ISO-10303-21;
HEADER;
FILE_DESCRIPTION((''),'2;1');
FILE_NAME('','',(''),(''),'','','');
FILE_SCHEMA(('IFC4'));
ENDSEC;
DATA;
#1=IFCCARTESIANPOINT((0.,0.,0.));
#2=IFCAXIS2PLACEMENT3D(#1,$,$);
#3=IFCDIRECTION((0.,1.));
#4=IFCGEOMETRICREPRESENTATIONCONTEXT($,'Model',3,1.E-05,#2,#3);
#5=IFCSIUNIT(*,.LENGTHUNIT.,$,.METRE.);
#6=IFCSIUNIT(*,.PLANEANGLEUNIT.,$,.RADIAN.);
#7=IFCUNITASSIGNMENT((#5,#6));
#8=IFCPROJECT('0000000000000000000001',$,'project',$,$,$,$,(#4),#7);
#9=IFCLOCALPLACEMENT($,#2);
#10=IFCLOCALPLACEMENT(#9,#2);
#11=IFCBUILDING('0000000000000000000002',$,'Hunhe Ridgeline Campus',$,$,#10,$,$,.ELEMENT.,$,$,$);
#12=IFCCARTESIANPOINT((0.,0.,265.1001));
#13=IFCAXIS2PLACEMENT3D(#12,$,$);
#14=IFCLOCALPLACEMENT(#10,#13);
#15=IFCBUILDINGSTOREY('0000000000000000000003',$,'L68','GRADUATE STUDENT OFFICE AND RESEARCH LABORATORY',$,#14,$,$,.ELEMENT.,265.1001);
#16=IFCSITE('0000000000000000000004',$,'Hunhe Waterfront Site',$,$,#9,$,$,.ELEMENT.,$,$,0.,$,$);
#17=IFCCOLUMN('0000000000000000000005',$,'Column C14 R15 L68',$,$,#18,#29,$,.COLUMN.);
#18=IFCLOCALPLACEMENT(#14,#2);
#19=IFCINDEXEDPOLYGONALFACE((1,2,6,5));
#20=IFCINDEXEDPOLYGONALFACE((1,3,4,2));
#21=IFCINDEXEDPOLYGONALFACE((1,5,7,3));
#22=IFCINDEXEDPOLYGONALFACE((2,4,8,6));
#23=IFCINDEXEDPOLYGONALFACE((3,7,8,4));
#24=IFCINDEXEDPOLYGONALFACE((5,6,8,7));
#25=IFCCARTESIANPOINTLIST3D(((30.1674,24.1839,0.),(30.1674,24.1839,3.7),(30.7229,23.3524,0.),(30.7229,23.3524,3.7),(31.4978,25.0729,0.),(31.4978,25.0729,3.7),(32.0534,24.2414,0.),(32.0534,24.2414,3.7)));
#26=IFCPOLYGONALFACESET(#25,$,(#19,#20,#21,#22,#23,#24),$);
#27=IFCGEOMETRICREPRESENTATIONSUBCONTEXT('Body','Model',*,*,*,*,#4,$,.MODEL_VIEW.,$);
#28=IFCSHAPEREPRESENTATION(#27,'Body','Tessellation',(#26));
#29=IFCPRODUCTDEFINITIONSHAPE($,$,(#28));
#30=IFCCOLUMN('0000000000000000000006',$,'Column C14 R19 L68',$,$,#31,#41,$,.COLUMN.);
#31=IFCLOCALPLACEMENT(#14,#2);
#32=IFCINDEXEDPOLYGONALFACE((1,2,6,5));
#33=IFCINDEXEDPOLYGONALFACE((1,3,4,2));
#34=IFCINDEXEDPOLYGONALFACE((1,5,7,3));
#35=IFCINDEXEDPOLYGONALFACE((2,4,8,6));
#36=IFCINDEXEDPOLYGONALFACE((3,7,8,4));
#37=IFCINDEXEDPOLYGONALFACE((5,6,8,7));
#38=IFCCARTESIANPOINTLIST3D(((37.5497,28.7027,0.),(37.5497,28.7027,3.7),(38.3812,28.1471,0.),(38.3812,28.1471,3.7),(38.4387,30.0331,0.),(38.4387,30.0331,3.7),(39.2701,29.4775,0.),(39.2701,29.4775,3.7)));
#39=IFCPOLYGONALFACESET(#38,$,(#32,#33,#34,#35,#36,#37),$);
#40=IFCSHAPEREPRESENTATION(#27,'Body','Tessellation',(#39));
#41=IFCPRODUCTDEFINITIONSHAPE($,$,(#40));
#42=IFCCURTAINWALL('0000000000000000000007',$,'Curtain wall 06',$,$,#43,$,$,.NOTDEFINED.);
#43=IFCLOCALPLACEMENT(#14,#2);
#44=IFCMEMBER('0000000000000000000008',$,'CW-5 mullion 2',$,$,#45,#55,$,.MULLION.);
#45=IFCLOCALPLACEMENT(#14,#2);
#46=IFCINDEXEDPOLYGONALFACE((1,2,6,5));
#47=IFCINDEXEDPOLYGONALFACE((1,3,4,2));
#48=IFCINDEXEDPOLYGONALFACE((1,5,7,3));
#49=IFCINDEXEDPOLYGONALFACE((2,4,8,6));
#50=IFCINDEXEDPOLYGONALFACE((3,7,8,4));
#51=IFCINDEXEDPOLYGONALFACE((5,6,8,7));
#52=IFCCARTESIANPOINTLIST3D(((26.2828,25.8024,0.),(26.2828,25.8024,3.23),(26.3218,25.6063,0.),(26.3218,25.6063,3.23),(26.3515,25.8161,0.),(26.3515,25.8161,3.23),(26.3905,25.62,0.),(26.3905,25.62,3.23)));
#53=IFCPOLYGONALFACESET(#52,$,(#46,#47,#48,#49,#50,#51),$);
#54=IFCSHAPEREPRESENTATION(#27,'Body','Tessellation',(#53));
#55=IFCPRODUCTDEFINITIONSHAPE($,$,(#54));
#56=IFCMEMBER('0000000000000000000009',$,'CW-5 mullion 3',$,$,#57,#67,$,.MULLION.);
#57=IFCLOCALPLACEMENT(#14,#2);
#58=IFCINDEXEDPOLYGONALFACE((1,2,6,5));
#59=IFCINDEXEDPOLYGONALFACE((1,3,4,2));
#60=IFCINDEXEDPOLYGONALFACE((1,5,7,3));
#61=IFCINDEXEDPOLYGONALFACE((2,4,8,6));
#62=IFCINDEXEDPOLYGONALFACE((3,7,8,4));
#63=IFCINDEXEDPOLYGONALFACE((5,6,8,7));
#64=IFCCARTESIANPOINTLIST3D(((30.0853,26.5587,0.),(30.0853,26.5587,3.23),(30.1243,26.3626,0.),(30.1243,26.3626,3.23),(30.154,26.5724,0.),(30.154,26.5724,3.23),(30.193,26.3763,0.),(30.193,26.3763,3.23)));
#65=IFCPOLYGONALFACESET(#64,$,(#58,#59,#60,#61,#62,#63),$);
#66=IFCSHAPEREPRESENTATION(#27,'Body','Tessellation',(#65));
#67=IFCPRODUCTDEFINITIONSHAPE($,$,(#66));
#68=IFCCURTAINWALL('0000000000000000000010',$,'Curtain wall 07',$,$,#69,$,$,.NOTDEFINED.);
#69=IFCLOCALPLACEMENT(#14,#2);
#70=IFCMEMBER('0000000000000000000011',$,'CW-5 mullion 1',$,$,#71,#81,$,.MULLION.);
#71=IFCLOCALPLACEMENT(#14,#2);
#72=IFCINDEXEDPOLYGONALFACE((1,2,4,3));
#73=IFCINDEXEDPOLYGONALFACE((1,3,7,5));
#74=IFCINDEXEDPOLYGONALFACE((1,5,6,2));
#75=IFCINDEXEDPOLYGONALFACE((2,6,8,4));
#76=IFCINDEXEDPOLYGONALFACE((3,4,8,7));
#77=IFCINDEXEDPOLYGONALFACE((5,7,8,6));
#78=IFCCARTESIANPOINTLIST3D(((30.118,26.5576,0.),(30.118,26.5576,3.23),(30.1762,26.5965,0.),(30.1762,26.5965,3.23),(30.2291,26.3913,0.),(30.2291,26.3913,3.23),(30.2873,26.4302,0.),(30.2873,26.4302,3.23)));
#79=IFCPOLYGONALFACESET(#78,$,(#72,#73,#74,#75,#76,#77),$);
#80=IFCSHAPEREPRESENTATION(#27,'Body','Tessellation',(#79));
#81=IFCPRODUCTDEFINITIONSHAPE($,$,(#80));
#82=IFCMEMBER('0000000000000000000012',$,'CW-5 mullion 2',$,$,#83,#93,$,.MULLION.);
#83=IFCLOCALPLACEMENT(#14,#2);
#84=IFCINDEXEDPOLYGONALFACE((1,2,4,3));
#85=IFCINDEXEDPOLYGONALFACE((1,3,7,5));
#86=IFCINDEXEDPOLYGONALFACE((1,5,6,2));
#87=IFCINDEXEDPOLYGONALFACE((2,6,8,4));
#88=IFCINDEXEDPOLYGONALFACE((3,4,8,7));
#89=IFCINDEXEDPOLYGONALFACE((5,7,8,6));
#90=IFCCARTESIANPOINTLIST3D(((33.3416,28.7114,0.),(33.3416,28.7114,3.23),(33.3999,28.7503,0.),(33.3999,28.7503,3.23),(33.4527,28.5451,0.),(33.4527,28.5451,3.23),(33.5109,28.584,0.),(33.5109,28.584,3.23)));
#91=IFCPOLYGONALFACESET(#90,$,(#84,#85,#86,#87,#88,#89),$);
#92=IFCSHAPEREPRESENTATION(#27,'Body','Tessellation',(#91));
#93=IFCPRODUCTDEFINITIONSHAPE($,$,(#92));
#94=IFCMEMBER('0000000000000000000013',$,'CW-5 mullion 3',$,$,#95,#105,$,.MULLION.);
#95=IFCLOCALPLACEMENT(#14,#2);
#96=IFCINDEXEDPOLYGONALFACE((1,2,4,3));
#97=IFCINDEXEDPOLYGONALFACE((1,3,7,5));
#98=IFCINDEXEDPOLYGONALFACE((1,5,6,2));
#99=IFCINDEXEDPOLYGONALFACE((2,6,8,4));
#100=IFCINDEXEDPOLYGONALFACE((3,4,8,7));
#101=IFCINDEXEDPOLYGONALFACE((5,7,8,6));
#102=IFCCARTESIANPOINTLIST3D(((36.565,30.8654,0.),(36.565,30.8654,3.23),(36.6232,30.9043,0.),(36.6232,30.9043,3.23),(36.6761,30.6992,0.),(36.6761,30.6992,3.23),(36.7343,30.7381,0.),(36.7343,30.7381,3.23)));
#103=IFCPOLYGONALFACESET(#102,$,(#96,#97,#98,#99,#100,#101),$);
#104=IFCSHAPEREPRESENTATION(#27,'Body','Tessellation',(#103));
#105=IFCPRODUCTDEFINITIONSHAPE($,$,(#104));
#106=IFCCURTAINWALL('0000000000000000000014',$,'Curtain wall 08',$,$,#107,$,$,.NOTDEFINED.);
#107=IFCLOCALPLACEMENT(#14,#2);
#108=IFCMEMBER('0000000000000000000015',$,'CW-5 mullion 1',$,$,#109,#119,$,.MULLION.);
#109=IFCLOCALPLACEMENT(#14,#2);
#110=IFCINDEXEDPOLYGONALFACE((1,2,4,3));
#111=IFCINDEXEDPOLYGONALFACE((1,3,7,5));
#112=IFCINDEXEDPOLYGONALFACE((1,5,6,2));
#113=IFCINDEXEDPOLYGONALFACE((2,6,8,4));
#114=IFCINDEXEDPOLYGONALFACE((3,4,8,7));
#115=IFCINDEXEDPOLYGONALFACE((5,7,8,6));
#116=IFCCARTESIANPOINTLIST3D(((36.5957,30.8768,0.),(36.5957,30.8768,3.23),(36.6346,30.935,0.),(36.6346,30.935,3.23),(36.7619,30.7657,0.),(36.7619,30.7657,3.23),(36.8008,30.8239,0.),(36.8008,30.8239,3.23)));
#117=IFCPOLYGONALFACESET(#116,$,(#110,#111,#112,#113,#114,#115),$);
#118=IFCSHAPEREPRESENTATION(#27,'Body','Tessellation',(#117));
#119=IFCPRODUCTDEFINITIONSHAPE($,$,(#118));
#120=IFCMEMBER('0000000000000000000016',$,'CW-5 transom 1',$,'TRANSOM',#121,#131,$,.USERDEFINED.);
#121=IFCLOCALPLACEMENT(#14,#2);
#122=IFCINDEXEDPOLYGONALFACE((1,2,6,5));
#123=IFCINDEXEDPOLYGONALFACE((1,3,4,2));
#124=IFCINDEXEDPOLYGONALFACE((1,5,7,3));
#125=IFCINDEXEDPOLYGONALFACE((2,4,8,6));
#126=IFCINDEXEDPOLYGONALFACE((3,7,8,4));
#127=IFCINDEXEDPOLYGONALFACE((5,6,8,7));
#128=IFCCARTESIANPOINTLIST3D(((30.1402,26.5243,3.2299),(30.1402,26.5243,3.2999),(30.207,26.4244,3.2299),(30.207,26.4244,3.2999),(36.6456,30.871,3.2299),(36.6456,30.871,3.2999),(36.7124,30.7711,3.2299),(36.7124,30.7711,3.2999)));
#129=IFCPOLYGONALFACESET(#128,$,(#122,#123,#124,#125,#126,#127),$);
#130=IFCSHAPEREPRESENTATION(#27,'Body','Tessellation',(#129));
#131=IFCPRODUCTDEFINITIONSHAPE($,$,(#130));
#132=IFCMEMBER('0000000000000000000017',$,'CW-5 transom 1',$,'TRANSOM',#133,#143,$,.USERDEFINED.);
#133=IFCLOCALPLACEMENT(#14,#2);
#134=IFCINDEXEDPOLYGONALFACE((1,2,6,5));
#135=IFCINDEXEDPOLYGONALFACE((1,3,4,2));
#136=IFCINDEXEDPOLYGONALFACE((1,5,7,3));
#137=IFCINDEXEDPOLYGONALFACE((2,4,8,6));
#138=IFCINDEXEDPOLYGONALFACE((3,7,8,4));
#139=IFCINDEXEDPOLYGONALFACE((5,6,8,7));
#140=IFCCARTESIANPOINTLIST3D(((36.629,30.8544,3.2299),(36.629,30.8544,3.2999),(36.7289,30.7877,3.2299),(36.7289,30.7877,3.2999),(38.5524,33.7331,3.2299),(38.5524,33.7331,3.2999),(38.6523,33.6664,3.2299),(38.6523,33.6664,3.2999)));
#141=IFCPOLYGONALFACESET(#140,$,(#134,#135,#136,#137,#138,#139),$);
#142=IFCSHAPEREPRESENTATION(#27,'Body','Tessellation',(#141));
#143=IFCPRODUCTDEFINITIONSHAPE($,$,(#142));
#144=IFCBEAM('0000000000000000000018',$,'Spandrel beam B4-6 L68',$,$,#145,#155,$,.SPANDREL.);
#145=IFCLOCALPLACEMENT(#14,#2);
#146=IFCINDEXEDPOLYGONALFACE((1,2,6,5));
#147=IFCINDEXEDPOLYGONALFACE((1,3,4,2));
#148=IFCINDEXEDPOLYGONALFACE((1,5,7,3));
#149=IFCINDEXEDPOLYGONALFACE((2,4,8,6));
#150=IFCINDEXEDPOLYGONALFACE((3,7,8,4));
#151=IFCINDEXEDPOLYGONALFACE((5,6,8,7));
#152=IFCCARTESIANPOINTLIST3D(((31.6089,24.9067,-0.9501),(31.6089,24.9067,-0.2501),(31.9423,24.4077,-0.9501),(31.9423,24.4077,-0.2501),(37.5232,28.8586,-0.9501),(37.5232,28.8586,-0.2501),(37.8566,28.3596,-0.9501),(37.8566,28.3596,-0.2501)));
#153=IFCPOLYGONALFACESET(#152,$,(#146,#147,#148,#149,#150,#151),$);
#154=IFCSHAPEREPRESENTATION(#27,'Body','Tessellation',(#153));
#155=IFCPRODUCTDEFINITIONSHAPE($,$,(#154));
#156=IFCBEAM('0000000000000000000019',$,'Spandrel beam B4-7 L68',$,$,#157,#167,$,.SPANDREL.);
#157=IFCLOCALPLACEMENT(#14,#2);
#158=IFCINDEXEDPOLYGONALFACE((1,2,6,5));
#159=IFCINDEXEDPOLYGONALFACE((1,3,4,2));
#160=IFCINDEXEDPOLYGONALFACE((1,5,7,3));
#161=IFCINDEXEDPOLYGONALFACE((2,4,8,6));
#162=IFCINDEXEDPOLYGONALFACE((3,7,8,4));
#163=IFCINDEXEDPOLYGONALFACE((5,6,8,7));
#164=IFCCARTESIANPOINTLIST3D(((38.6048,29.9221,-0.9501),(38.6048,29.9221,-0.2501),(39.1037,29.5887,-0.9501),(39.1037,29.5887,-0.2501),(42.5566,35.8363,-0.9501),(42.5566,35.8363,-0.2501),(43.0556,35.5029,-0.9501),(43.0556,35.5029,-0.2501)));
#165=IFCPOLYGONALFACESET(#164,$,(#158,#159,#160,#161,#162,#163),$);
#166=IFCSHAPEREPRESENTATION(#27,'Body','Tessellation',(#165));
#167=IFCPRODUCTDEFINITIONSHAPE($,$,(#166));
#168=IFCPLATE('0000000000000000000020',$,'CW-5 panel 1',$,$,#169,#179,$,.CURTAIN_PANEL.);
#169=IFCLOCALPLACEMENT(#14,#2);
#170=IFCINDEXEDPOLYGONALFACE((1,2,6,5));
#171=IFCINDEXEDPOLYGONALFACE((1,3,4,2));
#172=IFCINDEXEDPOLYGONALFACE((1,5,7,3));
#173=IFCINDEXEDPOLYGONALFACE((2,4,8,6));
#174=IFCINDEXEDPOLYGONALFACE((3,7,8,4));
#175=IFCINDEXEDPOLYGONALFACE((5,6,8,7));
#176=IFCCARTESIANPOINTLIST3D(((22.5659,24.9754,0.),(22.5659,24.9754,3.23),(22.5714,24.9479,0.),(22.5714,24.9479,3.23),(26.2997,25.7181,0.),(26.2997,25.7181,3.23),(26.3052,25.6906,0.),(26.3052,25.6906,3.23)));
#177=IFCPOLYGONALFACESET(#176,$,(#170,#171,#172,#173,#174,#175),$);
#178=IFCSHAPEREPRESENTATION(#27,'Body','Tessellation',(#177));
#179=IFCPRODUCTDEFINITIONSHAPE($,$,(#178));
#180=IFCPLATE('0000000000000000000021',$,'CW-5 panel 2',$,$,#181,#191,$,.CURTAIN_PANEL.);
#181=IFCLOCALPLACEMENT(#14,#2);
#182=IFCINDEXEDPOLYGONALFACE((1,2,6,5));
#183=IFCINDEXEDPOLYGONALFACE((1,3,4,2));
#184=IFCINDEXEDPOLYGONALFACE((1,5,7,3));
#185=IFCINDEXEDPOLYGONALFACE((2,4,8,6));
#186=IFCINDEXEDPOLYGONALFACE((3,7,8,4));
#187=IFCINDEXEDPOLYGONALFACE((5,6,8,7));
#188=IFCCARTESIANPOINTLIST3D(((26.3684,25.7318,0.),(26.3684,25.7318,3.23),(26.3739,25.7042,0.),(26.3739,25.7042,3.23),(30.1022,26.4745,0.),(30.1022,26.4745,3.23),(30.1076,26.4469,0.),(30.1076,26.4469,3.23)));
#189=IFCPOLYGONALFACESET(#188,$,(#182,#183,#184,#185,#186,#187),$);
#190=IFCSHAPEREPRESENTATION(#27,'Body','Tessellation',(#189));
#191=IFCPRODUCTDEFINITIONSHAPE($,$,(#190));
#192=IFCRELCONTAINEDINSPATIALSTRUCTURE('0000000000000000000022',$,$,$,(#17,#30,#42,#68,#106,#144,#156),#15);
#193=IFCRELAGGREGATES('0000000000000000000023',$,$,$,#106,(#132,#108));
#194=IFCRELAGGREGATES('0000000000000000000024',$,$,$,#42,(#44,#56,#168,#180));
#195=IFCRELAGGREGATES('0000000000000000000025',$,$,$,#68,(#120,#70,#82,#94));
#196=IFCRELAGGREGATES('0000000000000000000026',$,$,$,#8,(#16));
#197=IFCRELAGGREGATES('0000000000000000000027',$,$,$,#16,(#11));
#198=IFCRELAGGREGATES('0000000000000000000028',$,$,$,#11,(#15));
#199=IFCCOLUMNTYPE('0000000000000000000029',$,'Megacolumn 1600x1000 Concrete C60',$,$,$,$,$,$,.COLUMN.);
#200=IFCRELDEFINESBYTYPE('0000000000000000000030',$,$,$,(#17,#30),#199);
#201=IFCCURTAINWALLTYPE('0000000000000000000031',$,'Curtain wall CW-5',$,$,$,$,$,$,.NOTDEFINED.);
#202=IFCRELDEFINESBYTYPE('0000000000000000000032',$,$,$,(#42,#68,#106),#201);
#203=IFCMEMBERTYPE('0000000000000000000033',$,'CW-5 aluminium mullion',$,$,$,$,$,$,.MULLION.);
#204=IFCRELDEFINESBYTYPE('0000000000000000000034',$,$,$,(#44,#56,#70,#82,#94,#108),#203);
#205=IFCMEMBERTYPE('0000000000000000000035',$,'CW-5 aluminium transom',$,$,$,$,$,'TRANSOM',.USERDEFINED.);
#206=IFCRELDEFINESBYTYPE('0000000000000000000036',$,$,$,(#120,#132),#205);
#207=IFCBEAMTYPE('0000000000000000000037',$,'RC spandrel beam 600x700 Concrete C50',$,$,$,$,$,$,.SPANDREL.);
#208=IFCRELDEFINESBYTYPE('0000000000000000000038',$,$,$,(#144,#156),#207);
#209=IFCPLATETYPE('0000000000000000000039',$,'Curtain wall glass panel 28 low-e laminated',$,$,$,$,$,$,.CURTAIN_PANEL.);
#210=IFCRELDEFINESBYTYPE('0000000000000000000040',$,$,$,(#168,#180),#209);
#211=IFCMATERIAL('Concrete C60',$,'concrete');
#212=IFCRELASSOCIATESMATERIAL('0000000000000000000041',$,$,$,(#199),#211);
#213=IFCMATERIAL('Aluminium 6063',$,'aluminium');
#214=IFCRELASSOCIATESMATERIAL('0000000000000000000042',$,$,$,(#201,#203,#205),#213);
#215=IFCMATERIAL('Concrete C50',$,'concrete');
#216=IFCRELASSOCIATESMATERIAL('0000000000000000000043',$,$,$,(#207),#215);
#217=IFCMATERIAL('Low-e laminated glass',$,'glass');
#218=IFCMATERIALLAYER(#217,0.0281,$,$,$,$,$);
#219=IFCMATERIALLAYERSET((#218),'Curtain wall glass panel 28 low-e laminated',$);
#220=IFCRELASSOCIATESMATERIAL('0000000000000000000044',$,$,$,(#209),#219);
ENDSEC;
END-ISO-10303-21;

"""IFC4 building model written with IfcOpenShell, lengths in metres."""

from ifc_helpers import new_model, si_unit, direction, frame, origin, origin_2d, place, context, subcontext, project, spatial, rectangle, extrude, material, layer, layer_set, material_profile, profile_set, type_object, element, aggregate, save


model = new_model("IFC4")

# Units and contexts
model_context = context("Model", 3, precision=1e-05, world=origin(), true_north=direction((0.0, 1.0)))
body_context = subcontext(model_context, "Body", "Model", "MODEL_VIEW")
ifc_project = project(units=[si_unit("LENGTHUNIT", "METRE"), si_unit("PLANEANGLEUNIT", "RADIAN")], contexts=[model_context])

# Site, building, storey
site_placement = place(None, origin())
site = spatial("IfcSite", under=ifc_project, at=site_placement, Name="Hunhe Waterfront Site", CompositionType="ELEMENT", RefElevation=0.0)
building_placement = place(site_placement, origin())
building = spatial("IfcBuilding", under=site, at=building_placement, Name="Hunhe Ridgeline Campus", CompositionType="ELEMENT")
storey_placement = place(building_placement, frame((0.0, 0.0, 265.1001)))
storey = spatial("IfcBuildingStorey", under=building, at=storey_placement, Name="L68", Description="GRADUATE STUDENT OFFICE AND RESEARCH LABORATORY", CompositionType="ELEMENT", Elevation=265.1001)

# Columns
ifc_material_1 = material(Name="Concrete C60", Category="concrete")
ifc_material_profile_1 = material_profile(ifc_material_1, rectangle(XDim=1.6001, YDim=1.0, at=origin_2d()))
ifc_profile_set_1 = profile_set([ifc_material_profile_1], Name="Concrete C60")
column_type = type_object("IfcColumnType", Name="Megacolumn 1600x1000 Concrete C60", PredefinedType="COLUMN", material=ifc_profile_set_1)
for number, where, z_axis, x_axis, name in (
    (1, (31.1104, 24.2126, 0.0), (0.0, 0.0, 1.0), (0.83147, 0.55557, 0.0), "Column C14 R15 L68"),
    (2, (38.4099, 29.0901, 0.0), (0.0, 0.0, 1.0), (0.55557, 0.83147, 0.0), "Column C14 R19 L68"),
):
    element("IfcColumn", number, at=place(storey_placement, frame(where, z_axis=z_axis, x_axis=x_axis)), inside=storey, type_object=column_type, Name=name, PredefinedType="COLUMN", context=body_context, shape_type="SweptSolid", body=[
        extrude(rectangle(XDim=1.6001, YDim=1.0, at=origin_2d()), origin(), (0.0, 0.0, 1.0), 3.7),
    ])

# Curtain walls, members
ifc_material_2 = material(Name="Aluminium 6063", Category="aluminium")
curtain_wall_type = type_object("IfcCurtainWallType", Name="Curtain wall CW-5", PredefinedType="NOTDEFINED", material=ifc_material_2)
curtain_wall_1_placement = place(storey_placement, origin())
curtain_wall_1 = element("IfcCurtainWall", 3, at=curtain_wall_1_placement, inside=storey, type_object=curtain_wall_type, Name="Curtain wall 06", PredefinedType="NOTDEFINED")
ifc_material_profile_2 = material_profile(ifc_material_2, rectangle(XDim=0.2, YDim=0.0701, at=origin_2d()))
ifc_profile_set_2 = profile_set([ifc_material_profile_2], Name="Aluminium 6063")
member_type_1 = type_object("IfcMemberType", Name="CW-5 aluminium mullion", PredefinedType="MULLION", material=ifc_profile_set_2)
member_1_placement = place(storey_placement, frame((26.3367, 25.7112, 0.0), z_axis=(0.0, 0.0, 1.0), x_axis=(-0.19509, 0.980785, 0.0)))
member_1 = element("IfcMember", 4, at=member_1_placement, type_object=member_type_1, Name="CW-5 mullion 2", PredefinedType="MULLION", context=body_context, shape_type="SweptSolid", body=[
    extrude(rectangle(XDim=0.2, YDim=0.0701, at=origin_2d()), origin(), (0.0, 0.0, 1.0), 3.23),
])
member_2_placement = place(storey_placement, frame((30.1392, 26.4675, 0.0), z_axis=(0.0, 0.0, 1.0), x_axis=(-0.19509, 0.980785, 0.0)))
member_2 = element("IfcMember", 5, at=member_2_placement, type_object=member_type_1, Name="CW-5 mullion 3", PredefinedType="MULLION", context=body_context, shape_type="SweptSolid", body=[
    extrude(rectangle(XDim=0.2, YDim=0.0701, at=origin_2d()), origin(), (0.0, 0.0, 1.0), 3.23),
])
curtain_wall_2_placement = place(storey_placement, origin())
curtain_wall_2 = element("IfcCurtainWall", 6, at=curtain_wall_2_placement, inside=storey, type_object=curtain_wall_type, Name="Curtain wall 07", PredefinedType="NOTDEFINED")
member_3_placement = place(storey_placement, frame((30.2026, 26.4939, 0.0), z_axis=(0.0, 0.0, 1.0), x_axis=(-0.55557, 0.83147, 0.0)))
member_3 = element("IfcMember", 7, at=member_3_placement, type_object=member_type_1, Name="CW-5 mullion 1", PredefinedType="MULLION", context=body_context, shape_type="SweptSolid", body=[
    extrude(rectangle(XDim=0.2, YDim=0.0701, at=origin_2d()), origin(), (0.0, 0.0, 1.0), 3.23),
])
member_4_placement = place(storey_placement, frame((33.4263, 28.6477, 0.0), z_axis=(0.0, 0.0, 1.0), x_axis=(-0.55557, 0.83147, 0.0)))
member_4 = element("IfcMember", 8, at=member_4_placement, type_object=member_type_1, Name="CW-5 mullion 2", PredefinedType="MULLION", context=body_context, shape_type="SweptSolid", body=[
    extrude(rectangle(XDim=0.2, YDim=0.0701, at=origin_2d()), origin(), (0.0, 0.0, 1.0), 3.23),
])
member_5_placement = place(storey_placement, frame((36.6497, 30.8018, 0.0), z_axis=(0.0, 0.0, 1.0), x_axis=(-0.55557, 0.83147, 0.0)))
member_5 = element("IfcMember", 9, at=member_5_placement, type_object=member_type_1, Name="CW-5 mullion 3", PredefinedType="MULLION", context=body_context, shape_type="SweptSolid", body=[
    extrude(rectangle(XDim=0.2, YDim=0.0701, at=origin_2d()), origin(), (0.0, 0.0, 1.0), 3.23),
])

# Curtain wall, member
curtain_wall_3_placement = place(storey_placement, origin())
curtain_wall_3 = element("IfcCurtainWall", 10, at=curtain_wall_3_placement, inside=storey, type_object=curtain_wall_type, Name="Curtain wall 08", PredefinedType="NOTDEFINED")
member_6_placement = place(storey_placement, frame((36.6982, 30.8503, 0.0), z_axis=(0.0, 0.0, 1.0), x_axis=(-0.83147, 0.55557, 0.0)))
member_6 = element("IfcMember", 11, at=member_6_placement, type_object=member_type_1, Name="CW-5 mullion 1", PredefinedType="MULLION", context=body_context, shape_type="SweptSolid", body=[
    extrude(rectangle(XDim=0.2, YDim=0.0701, at=origin_2d()), origin(), (0.0, 0.0, 1.0), 3.23),
])

# Members
ifc_material_profile_3 = material_profile(ifc_material_2, rectangle(XDim=0.1201, YDim=0.0701, at=origin_2d()))
ifc_profile_set_3 = profile_set([ifc_material_profile_3], Name="Aluminium 6063")
member_type_2 = type_object("IfcMemberType", Name="CW-5 aluminium transom", ElementType="TRANSOM", PredefinedType="USERDEFINED", material=ifc_profile_set_3)
member_7_placement = place(storey_placement, frame((30.1736, 26.4744, 3.2649), z_axis=(0.831474, 0.555564, 0.0), x_axis=(-0.555564, 0.831474, 0.0)))
member_7 = element("IfcMember", 12, at=member_7_placement, type_object=member_type_2, Name="CW-5 transom 1", ObjectType="TRANSOM", PredefinedType="USERDEFINED", context=body_context, shape_type="SweptSolid", body=[
    extrude(rectangle(XDim=0.1201, YDim=0.0701, at=origin_2d()), origin(), (0.0, 0.0, 1.0), 7.824),
])
member_8_placement = place(storey_placement, frame((36.679, 30.821, 3.2649), z_axis=(0.555546, 0.831486, 0.0), x_axis=(-0.831486, 0.555546, 0.0)))
member_8 = element("IfcMember", 13, at=member_8_placement, type_object=member_type_2, Name="CW-5 transom 1", ObjectType="TRANSOM", PredefinedType="USERDEFINED", context=body_context, shape_type="SweptSolid", body=[
    extrude(rectangle(XDim=0.1201, YDim=0.0701, at=origin_2d()), origin(), (0.0, 0.0, 1.0), 3.4622),
])
aggregate(curtain_wall_3, [member_8, member_6])

# Beams
ifc_material_3 = material(Name="Concrete C50", Category="concrete")
ifc_material_profile_4 = material_profile(ifc_material_3, rectangle(XDim=0.6001, YDim=0.7, at=origin_2d()))
ifc_profile_set_4 = profile_set([ifc_material_profile_4], Name="Concrete C50")
beam_type = type_object("IfcBeamType", Name="RC spandrel beam 600x700 Concrete C50", PredefinedType="SPANDREL", material=ifc_profile_set_4)
for number, where, z_axis, x_axis, name in (
    (14, (31.7756, 24.6572, -0.6001), (0.831464, 0.555579, 0.0), (-0.555579, 0.831464, 0.0), "Spandrel beam B4-6 L68"),
    (15, (38.8542, 29.7554, -0.6001), (0.555579, 0.831464, 0.0), (-0.831464, 0.555579, 0.0), "Spandrel beam B4-7 L68"),
):
    element("IfcBeam", number, at=place(storey_placement, frame(where, z_axis=z_axis, x_axis=x_axis)), inside=storey, type_object=beam_type, Name=name, PredefinedType="SPANDREL", context=body_context, shape_type="SweptSolid", body=[
        extrude(rectangle(XDim=0.6001, YDim=0.7, at=origin_2d()), origin(), (0.0, 0.0, 1.0), 7.113),
    ])

# Plates
ifc_material_4 = material(Name="Low-e laminated glass", Category="glass")
ifc_layer_1 = layer(ifc_material_4, 0.0281)
ifc_layer_set_1 = layer_set([ifc_layer_1], Name="Curtain wall glass panel 28 low-e laminated")
plate_type = type_object("IfcPlateType", Name="Curtain wall glass panel 28 low-e laminated", PredefinedType="CURTAIN_PANEL", material=ifc_layer_set_1)
plate_1_placement = place(storey_placement, frame((24.4355, 25.333, 0.0), z_axis=(0.0, 0.0, 1.0), x_axis=(0.980785, 0.19509, 0.0)))
plate_1 = element("IfcPlate", 16, at=plate_1_placement, type_object=plate_type, Name="CW-5 panel 1", PredefinedType="CURTAIN_PANEL", context=body_context, shape_type="SweptSolid", body=[
    extrude(rectangle(XDim=3.8069, YDim=0.0281, at=origin_2d()), origin(), (0.0, 0.0, 1.0), 3.23),
])
plate_2_placement = place(storey_placement, frame((28.238, 26.0894, 0.0), z_axis=(0.0, 0.0, 1.0), x_axis=(0.980785, 0.19509, 0.0)))
plate_2 = element("IfcPlate", 17, at=plate_2_placement, type_object=plate_type, Name="CW-5 panel 2", PredefinedType="CURTAIN_PANEL", context=body_context, shape_type="SweptSolid", body=[
    extrude(rectangle(XDim=3.8069, YDim=0.0281, at=origin_2d()), origin(), (0.0, 0.0, 1.0), 3.23),
])
aggregate(curtain_wall_1, [member_1, member_2, plate_1, plate_2])
aggregate(curtain_wall_2, [member_7, member_3, member_4, member_5])

save(model, "model.ifc")
